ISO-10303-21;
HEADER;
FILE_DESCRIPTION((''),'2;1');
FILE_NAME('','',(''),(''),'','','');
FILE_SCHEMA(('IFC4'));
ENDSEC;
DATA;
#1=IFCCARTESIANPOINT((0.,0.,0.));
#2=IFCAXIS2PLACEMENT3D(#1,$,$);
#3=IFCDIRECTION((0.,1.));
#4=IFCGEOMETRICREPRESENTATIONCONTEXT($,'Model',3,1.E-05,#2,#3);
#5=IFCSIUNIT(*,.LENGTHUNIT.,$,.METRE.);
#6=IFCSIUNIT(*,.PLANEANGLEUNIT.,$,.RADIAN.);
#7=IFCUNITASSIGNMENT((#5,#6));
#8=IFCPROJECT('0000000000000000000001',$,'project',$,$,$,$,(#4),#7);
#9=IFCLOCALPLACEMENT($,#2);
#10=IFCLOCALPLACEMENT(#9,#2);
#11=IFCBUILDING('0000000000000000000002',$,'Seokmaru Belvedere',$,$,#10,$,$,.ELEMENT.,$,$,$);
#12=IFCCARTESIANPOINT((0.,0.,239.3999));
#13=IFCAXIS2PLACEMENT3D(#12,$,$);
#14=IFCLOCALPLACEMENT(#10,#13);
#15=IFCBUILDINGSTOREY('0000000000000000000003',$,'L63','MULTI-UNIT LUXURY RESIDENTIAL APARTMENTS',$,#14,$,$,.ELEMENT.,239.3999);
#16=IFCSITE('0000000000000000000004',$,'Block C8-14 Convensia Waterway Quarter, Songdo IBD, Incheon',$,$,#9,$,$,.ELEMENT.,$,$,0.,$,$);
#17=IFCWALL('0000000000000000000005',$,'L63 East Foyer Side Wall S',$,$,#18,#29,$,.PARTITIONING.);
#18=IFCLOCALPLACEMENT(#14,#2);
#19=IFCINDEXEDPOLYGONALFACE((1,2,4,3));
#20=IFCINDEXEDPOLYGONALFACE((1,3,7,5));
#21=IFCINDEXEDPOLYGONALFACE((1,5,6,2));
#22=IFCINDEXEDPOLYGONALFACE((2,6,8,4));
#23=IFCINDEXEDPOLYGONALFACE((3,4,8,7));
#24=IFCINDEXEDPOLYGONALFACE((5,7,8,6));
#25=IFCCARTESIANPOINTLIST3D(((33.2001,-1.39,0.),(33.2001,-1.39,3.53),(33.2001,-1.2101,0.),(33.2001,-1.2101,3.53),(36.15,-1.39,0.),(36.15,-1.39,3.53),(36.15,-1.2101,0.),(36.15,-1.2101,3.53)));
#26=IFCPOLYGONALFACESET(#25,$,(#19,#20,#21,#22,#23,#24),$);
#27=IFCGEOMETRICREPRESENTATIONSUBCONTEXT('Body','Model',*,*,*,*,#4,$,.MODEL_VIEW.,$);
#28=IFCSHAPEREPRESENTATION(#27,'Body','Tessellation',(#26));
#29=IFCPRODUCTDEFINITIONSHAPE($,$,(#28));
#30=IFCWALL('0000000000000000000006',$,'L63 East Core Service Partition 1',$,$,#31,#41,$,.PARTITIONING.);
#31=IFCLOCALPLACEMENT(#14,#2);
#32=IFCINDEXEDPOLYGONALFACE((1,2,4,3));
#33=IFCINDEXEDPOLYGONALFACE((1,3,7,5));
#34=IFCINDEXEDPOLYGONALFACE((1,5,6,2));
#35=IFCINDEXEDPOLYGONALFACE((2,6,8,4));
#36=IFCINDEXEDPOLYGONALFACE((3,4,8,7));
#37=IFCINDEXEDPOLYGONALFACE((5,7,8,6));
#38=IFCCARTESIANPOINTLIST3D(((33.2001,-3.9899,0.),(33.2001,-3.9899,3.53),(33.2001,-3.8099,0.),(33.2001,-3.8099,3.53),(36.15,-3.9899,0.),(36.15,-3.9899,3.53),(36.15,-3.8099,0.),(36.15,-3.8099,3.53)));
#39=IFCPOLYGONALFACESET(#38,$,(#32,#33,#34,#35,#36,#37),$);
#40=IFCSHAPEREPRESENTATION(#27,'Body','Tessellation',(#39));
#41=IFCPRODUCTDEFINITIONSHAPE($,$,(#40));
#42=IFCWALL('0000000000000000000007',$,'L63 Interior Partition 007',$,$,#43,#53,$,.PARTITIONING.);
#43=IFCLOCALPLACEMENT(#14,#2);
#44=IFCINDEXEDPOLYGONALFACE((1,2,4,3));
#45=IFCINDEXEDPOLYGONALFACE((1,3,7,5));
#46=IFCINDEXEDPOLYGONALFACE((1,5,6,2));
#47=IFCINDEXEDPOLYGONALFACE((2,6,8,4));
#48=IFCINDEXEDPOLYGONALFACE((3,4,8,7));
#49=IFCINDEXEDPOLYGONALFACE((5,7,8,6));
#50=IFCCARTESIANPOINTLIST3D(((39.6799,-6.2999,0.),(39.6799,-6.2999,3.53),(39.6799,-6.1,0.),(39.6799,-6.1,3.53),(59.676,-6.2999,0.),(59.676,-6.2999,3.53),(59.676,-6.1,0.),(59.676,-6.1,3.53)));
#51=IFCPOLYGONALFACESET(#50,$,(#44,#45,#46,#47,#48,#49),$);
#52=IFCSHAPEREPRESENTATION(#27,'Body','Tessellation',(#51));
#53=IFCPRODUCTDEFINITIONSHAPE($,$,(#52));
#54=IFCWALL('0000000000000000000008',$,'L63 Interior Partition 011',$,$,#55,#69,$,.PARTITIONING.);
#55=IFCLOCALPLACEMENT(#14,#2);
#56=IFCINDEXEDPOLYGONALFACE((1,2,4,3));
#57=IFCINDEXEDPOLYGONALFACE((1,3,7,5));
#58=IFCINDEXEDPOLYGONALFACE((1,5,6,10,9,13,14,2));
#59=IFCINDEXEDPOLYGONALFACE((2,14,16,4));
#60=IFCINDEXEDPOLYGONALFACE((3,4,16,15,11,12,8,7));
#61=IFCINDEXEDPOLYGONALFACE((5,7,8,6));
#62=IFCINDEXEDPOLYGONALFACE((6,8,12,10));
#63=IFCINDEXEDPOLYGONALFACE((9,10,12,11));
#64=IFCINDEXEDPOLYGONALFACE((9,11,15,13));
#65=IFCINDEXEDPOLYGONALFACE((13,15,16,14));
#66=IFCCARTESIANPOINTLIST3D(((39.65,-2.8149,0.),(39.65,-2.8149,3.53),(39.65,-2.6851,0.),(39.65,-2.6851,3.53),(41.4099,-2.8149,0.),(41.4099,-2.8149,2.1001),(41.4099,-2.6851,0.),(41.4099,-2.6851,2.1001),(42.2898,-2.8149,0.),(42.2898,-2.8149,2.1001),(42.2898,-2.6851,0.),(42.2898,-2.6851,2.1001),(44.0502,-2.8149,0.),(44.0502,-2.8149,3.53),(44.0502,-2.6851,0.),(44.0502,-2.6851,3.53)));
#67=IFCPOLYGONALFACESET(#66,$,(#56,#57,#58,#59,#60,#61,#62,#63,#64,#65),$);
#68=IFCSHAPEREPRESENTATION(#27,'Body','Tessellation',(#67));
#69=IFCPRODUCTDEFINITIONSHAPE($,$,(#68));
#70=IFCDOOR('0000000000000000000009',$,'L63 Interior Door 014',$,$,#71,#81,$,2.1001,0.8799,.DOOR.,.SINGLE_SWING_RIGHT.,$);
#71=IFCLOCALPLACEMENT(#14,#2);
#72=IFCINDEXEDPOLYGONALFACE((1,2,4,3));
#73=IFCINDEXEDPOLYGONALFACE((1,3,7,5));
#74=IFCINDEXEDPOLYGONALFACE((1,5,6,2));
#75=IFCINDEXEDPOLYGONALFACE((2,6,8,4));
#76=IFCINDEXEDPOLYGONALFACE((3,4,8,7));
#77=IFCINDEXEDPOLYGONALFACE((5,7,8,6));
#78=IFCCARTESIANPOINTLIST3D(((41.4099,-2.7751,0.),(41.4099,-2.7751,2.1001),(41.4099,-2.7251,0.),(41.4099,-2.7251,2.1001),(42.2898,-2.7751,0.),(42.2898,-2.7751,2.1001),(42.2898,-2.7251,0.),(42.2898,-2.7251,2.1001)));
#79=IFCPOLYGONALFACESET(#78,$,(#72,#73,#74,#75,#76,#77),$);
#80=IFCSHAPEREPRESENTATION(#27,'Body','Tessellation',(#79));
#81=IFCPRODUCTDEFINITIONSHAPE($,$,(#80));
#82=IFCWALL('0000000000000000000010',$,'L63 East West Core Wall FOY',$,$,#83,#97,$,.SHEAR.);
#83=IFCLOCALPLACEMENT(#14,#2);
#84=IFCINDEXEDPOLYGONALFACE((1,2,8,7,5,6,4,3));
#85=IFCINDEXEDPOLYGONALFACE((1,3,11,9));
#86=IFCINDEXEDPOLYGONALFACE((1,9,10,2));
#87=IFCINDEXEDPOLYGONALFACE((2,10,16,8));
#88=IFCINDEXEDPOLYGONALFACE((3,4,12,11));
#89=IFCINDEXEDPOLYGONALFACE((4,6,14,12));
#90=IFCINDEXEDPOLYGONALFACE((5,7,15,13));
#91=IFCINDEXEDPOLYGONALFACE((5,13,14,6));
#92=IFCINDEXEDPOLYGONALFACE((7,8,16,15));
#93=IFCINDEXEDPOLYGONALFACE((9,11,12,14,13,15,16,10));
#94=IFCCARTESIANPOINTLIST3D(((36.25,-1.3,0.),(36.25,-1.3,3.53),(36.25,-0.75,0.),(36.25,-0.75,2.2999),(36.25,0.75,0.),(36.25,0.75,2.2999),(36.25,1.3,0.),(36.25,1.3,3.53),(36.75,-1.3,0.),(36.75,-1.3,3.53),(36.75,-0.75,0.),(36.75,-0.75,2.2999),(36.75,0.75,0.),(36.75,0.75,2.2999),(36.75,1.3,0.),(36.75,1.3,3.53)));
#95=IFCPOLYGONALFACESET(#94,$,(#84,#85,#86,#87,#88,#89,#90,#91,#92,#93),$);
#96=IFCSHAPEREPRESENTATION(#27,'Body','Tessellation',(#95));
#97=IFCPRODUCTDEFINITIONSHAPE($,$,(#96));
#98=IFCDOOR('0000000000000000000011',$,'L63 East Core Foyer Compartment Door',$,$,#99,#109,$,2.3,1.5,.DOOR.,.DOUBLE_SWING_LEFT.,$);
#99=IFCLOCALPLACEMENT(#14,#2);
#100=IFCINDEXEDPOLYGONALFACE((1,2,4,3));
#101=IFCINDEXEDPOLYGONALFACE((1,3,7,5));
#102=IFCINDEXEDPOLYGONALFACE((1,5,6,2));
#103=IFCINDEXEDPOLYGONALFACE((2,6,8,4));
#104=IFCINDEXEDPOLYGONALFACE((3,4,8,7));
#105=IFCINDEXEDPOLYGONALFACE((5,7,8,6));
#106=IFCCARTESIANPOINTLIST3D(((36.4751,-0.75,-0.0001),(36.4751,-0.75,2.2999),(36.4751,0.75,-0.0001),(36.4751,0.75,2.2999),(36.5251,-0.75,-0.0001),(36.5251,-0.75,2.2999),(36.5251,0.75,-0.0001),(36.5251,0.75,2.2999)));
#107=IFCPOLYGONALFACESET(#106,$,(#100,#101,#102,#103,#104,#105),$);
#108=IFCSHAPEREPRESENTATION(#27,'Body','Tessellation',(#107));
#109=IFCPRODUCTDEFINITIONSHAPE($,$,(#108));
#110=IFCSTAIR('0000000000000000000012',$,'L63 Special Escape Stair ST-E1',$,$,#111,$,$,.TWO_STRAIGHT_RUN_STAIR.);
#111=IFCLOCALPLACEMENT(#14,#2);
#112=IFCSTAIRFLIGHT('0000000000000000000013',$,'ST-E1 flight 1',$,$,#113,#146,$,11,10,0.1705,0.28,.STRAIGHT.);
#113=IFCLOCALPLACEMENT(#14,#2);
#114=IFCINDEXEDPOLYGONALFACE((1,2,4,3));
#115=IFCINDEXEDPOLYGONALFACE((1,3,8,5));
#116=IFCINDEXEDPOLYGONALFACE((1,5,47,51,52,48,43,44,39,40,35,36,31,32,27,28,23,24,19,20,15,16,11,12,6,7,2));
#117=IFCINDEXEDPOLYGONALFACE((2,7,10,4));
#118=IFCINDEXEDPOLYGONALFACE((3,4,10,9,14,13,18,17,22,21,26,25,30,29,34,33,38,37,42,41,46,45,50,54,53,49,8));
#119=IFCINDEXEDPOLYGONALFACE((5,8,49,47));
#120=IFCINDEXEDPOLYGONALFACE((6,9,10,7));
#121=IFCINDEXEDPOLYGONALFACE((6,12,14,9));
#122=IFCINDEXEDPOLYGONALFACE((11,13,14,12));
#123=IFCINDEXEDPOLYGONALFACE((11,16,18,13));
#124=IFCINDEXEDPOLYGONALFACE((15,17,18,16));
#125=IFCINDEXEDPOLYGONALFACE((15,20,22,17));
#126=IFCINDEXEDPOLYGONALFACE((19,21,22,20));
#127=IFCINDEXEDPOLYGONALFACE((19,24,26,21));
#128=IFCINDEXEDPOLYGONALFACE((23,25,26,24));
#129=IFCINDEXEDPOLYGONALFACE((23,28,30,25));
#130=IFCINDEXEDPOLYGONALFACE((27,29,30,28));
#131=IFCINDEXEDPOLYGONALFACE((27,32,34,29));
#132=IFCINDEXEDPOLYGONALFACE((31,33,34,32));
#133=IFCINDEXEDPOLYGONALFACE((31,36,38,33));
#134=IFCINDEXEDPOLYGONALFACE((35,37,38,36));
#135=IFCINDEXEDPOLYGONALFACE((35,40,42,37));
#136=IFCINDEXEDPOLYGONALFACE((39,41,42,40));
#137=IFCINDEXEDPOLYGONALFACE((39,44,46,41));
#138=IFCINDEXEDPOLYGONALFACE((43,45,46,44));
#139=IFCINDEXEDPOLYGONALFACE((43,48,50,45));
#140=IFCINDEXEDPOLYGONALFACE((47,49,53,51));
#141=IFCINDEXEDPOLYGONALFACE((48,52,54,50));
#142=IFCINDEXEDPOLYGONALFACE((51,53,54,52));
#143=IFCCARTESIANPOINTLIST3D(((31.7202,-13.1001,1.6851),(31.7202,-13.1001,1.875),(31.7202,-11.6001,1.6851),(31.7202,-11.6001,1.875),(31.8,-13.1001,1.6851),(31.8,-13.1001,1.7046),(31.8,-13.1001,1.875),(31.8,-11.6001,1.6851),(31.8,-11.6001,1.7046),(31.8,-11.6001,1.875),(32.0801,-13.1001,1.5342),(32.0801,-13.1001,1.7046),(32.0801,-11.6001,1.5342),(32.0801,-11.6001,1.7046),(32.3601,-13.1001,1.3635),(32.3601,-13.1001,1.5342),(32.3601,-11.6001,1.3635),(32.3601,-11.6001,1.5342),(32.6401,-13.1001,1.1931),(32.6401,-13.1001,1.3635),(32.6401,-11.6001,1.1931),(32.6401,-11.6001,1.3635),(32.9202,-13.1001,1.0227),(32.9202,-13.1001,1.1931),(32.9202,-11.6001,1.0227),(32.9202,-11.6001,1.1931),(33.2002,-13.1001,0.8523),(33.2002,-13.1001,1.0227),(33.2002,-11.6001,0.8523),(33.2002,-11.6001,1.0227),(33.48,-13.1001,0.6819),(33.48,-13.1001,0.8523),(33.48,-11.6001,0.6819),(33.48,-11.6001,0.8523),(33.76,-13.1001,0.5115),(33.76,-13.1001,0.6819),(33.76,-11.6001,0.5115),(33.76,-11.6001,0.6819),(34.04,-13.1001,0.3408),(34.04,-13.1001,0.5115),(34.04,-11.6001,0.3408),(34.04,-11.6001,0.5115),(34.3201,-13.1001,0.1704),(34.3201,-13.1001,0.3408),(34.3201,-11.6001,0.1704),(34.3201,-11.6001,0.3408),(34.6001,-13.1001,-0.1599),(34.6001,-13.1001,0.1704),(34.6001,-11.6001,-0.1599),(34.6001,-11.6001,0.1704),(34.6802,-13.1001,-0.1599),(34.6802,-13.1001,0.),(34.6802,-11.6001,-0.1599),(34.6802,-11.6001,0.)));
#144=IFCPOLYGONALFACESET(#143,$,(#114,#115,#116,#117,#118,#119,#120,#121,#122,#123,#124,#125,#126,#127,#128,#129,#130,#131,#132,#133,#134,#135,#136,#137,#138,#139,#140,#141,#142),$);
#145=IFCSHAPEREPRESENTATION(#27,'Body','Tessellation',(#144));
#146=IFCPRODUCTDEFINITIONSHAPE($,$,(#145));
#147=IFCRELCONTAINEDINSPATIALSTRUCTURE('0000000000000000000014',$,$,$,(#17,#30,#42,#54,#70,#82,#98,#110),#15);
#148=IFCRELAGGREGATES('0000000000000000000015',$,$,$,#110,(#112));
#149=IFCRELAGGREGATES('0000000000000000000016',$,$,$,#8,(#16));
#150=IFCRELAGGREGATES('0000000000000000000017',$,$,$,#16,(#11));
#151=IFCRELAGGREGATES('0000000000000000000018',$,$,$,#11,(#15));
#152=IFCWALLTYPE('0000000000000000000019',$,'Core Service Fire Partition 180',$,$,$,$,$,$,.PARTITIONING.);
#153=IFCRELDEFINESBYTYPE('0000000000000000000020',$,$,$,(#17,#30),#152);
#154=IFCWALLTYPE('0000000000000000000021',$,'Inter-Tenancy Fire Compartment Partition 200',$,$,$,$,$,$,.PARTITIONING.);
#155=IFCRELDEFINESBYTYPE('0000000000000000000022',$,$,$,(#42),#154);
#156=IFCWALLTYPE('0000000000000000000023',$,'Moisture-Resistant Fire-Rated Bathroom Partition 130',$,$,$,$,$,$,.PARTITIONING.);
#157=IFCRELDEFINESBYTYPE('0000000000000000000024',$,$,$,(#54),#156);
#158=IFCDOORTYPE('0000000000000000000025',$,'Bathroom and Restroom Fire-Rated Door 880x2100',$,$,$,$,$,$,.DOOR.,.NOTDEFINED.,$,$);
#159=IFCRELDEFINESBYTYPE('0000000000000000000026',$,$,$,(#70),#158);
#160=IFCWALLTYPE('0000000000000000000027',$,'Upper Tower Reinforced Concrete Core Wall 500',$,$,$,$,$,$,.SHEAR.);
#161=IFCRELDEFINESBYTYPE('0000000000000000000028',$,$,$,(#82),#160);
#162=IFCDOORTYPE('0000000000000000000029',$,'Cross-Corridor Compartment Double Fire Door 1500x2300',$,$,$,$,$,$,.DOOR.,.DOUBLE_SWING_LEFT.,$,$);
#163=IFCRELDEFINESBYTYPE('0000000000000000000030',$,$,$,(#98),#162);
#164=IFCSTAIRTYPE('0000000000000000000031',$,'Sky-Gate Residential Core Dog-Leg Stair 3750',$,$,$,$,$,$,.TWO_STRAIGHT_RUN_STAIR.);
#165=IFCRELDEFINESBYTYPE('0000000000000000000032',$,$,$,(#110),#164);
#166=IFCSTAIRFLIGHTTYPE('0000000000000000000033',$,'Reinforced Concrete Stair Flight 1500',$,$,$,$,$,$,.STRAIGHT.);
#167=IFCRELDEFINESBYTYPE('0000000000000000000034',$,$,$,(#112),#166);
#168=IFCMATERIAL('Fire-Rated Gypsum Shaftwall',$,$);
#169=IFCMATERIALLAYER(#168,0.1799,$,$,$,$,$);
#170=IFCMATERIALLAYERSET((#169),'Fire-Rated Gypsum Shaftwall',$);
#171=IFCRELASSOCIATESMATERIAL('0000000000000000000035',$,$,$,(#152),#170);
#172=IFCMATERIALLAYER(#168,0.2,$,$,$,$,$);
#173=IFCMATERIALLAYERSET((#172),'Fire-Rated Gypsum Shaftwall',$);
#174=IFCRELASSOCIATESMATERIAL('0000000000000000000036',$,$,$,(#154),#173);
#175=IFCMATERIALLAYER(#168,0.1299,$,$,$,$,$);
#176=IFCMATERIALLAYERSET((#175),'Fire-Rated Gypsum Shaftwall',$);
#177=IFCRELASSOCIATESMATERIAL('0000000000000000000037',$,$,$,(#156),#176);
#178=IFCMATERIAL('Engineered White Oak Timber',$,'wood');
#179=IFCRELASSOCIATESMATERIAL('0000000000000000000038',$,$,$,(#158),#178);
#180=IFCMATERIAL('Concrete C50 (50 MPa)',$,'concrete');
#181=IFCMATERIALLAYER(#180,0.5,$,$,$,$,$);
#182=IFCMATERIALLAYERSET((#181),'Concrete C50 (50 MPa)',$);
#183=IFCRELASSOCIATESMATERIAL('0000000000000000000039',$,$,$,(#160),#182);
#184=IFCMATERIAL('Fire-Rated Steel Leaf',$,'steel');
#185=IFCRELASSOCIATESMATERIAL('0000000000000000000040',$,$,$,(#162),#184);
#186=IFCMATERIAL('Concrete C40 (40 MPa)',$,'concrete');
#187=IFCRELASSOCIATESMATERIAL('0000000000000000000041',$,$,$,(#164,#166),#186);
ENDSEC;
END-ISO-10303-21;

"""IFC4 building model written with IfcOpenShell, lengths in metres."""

from ifc_helpers import new_model, si_unit, direction, frame, frame_2d, origin, place, context, subcontext, project, spatial, polyline, rectangle, outline, extrude, source, transform, mapped, material, layer, layer_set, type_object, type_shapes, element, fill, aggregate, save


model = new_model("IFC4")

# Units and contexts
model_context = context("Model", 3, precision=1e-05, world=origin(), true_north=direction((0.0, 1.0)))
body_context = subcontext(model_context, "Body", "Model", "MODEL_VIEW")
ifc_project = project(units=[si_unit("LENGTHUNIT", "METRE"), si_unit("PLANEANGLEUNIT", "RADIAN")], contexts=[model_context])

# Site, building, storey
site_placement = place(None, origin())
site = spatial("IfcSite", under=ifc_project, at=site_placement, Name="Block C8-14 Convensia Waterway Quarter, Songdo IBD, Incheon", CompositionType="ELEMENT", RefElevation=0.0)
building_placement = place(site_placement, origin())
building = spatial("IfcBuilding", under=site, at=building_placement, Name="Seokmaru Belvedere", CompositionType="ELEMENT")
storey_placement = place(building_placement, frame((0.0, 0.0, 239.3999)))
storey = spatial("IfcBuildingStorey", under=building, at=storey_placement, Name="L63", Description="MULTI-UNIT LUXURY RESIDENTIAL APARTMENTS", CompositionType="ELEMENT", Elevation=239.3999)

# Shared definitions
ifc_material_1 = material(Name="Fire-Rated Gypsum Shaftwall")
ifc_layer_1 = layer(ifc_material_1, 0.1799)
ifc_layer_set_1 = layer_set([ifc_layer_1], Name="Fire-Rated Gypsum Shaftwall")
wall_type_1 = type_object("IfcWallType", Name="Core Service Fire Partition 180", PredefinedType="PARTITIONING", material=ifc_layer_set_1)

# Shared definitions
ifc_material_2 = material(Name="Fire-Rated Steel Leaf", Category="steel")

# Walls
for number, where, z_axis, x_axis, name in (
    (1, (33.2, -1.3, 0.0), (0.0, 0.0, 1.0), (1.0, 0.0, 0.0), "L63 East Foyer Side Wall S"),
    (2, (33.2, -3.8999, 0.0), (0.0, 0.0, 1.0), (1.0, 0.0, 0.0), "L63 East Core Service Partition 1"),
):
    element("IfcWall", number, at=place(storey_placement, frame(where, z_axis=z_axis, x_axis=x_axis)), inside=storey, type_object=wall_type_1, Name=name, PredefinedType="PARTITIONING", context=body_context, shape_type="SweptSolid", body=[
        extrude(rectangle(XDim=2.95, YDim=0.1799, at=frame_2d((1.4751, 0.0))), origin(), (0.0, 0.0, 1.0), 3.53),
    ])
ifc_layer_2 = layer(ifc_material_1, 0.2)
ifc_layer_set_2 = layer_set([ifc_layer_2], Name="Fire-Rated Gypsum Shaftwall")
wall_type_2 = type_object("IfcWallType", Name="Inter-Tenancy Fire Compartment Partition 200", PredefinedType="PARTITIONING", material=ifc_layer_set_2)
wall_1_placement = place(storey_placement, frame((39.6799, -6.2, 0.0), z_axis=(0.0, 0.0, 1.0), x_axis=(1.0, 0.0, 0.0)))
element("IfcWall", 3, at=wall_1_placement, inside=storey, type_object=wall_type_2, Name="L63 Interior Partition 007", PredefinedType="PARTITIONING", context=body_context, shape_type="SweptSolid", body=[
    extrude(rectangle(XDim=19.9961, YDim=0.2, at=frame_2d((9.998, 0.0))), origin(), (0.0, 0.0, 1.0), 3.53),
])

# Walls, openings, doors
ifc_layer_3 = layer(ifc_material_1, 0.1299)
ifc_layer_set_3 = layer_set([ifc_layer_3], Name="Fire-Rated Gypsum Shaftwall")
wall_type_3 = type_object("IfcWallType", Name="Moisture-Resistant Fire-Rated Bathroom Partition 130", PredefinedType="PARTITIONING", material=ifc_layer_set_3)
wall_2_placement = place(storey_placement, frame((39.6499, -2.75, 0.0), z_axis=(0.0, 0.0, 1.0), x_axis=(1.0, 0.0, 0.0)))
wall_2 = element("IfcWall", 4, at=wall_2_placement, inside=storey, type_object=wall_type_3, Name="L63 Interior Partition 011", PredefinedType="PARTITIONING", context=body_context, shape_type="SweptSolid", body=[
    extrude(rectangle(XDim=4.4001, YDim=0.1299, at=frame_2d((2.2002, 0.0))), origin(), (0.0, 0.0, 1.0), 3.53),
])
opening_1_placement = place(wall_2_placement, frame((1.76, 0.0, 0.0)))
opening_1 = element("IfcOpeningElement", 5, at=opening_1_placement, cuts=wall_2, PredefinedType="OPENING", context=body_context, shape_type="SweptSolid", body=[
    extrude(rectangle(XDim=0.8799, YDim=2.1001, at=frame_2d((0.4399, 1.05))), frame((0.0, 0.075, 0.0), z_axis=(0.0, -1.0, 0.0), x_axis=(1.0, 0.0, 0.0)), (0.0, 0.0, 1.0), 0.1499),
])
ifc_material_3 = material(Name="Engineered White Oak Timber", Category="wood")
door_type_1 = type_object("IfcDoorType", Name="Bathroom and Restroom Fire-Rated Door 880x2100", OperationType="NOTDEFINED", PredefinedType="DOOR", material=ifc_material_3)
shared_shape_1 = source(origin(), body_context, "Body", "SweptSolid", [
    extrude(rectangle(XDim=0.8799, YDim=2.1001, at=frame_2d((0.4399, 1.05))), frame((0.0, 0.0249, 0.0), z_axis=(0.0, -1.0, 0.0), x_axis=(1.0, 0.0, 0.0)), (0.0, 0.0, 1.0), 0.05),
])
type_shapes(door_type_1, [shared_shape_1])
door_1_placement = place(opening_1_placement, origin())
door_1 = element("IfcDoor", 6, at=door_1_placement, inside=storey, type_object=door_type_1, Name="L63 Interior Door 014", OperationType="SINGLE_SWING_RIGHT", OverallHeight=2.1001, OverallWidth=0.8799, PredefinedType="DOOR", context=body_context, shape_type="MappedRepresentation", body=[
    mapped(shared_shape_1, transform((0.0, 0.0, 0.0), scale=1.0)),
])
fill(opening_1, door_1)
ifc_material_4 = material(Name="Concrete C50 (50 MPa)", Category="concrete")
ifc_layer_4 = layer(ifc_material_4, 0.5)
ifc_layer_set_4 = layer_set([ifc_layer_4], Name="Concrete C50 (50 MPa)")
wall_type_4 = type_object("IfcWallType", Name="Upper Tower Reinforced Concrete Core Wall 500", PredefinedType="SHEAR", material=ifc_layer_set_4)
wall_3_placement = place(storey_placement, frame((36.5, -1.3, 0.0), z_axis=(0.0, 0.0, 1.0), x_axis=(0.0, 1.0, 0.0)))
wall_3 = element("IfcWall", 7, at=wall_3_placement, inside=storey, type_object=wall_type_4, Name="L63 East West Core Wall FOY", PredefinedType="SHEAR", context=body_context, shape_type="SweptSolid", body=[
    extrude(rectangle(XDim=2.6001, YDim=0.5, at=frame_2d((1.3, 0.0))), origin(), (0.0, 0.0, 1.0), 3.53),
])
opening_2_placement = place(wall_3_placement, frame((0.55, 0.0, 0.0)))
opening_2 = element("IfcOpeningElement", 8, at=opening_2_placement, cuts=wall_3, PredefinedType="OPENING", context=body_context, shape_type="SweptSolid", body=[
    extrude(rectangle(XDim=1.5, YDim=2.3, at=frame_2d((0.75, 1.1499))), frame((0.0, 0.26, 0.0), z_axis=(0.0, -1.0, 0.0), x_axis=(1.0, 0.0, 0.0)), (0.0, 0.0, 1.0), 0.52),
])
door_type_2 = type_object("IfcDoorType", Name="Cross-Corridor Compartment Double Fire Door 1500x2300", OperationType="DOUBLE_SWING_LEFT", PredefinedType="DOOR", material=ifc_material_2)
shared_shape_2 = source(origin(), body_context, "Body", "SweptSolid", [
    extrude(rectangle(XDim=1.5, YDim=2.3, at=frame_2d((0.75, 1.1499))), frame((0.0, 0.0249, 0.0), z_axis=(0.0, -1.0, 0.0), x_axis=(1.0, 0.0, 0.0)), (0.0, 0.0, 1.0), 0.05),
])
type_shapes(door_type_2, [shared_shape_2])
door_2_placement = place(opening_2_placement, origin())
door_2 = element("IfcDoor", 9, at=door_2_placement, inside=storey, type_object=door_type_2, Name="L63 East Core Foyer Compartment Door", OperationType="DOUBLE_SWING_LEFT", OverallHeight=2.3, OverallWidth=1.5, PredefinedType="DOOR", context=body_context, shape_type="MappedRepresentation", body=[
    mapped(shared_shape_2, transform((0.0, 0.0, 0.0), scale=1.0)),
])
fill(opening_2, door_2)

# Stair, stair flight
ifc_material_5 = material(Name="Concrete C40 (40 MPa)", Category="concrete")
stair_type = type_object("IfcStairType", Name="Sky-Gate Residential Core Dog-Leg Stair 3750", PredefinedType="TWO_STRAIGHT_RUN_STAIR", material=ifc_material_5)
stair_placement = place(storey_placement, origin())
stair = element("IfcStair", 10, at=stair_placement, inside=storey, type_object=stair_type, Name="L63 Special Escape Stair ST-E1", PredefinedType="TWO_STRAIGHT_RUN_STAIR")
stair_flight_type = type_object("IfcStairFlightType", Name="Reinforced Concrete Stair Flight 1500", PredefinedType="STRAIGHT", material=ifc_material_5)
stair_flight_1_placement = place(storey_placement, frame((34.6001, -12.3501, 0.0), z_axis=(0.0, 0.0, 1.0), x_axis=(-1.0, 0.0, 0.0)))
stair_flight_1 = element("IfcStairFlight", 11, at=stair_flight_1_placement, type_object=stair_flight_type, Name="ST-E1 flight 1", NumberOfRisers=11, NumberOfTreads=10, PredefinedType="STRAIGHT", RiserHeight=0.1705, TreadLength=0.28, context=body_context, shape_type="SweptSolid", body=[
    extrude(outline(polyline([(-0.0801, 0.0), (0.0, 0.1704), (0.28, 0.1704), (0.28, 0.3408), (0.5601, 0.3408), (0.5601, 0.5115), (0.8401, 0.5115), (0.8401, 0.6819), (1.1201, 0.6819), (1.1201, 0.8523), (1.3999, 0.8523), (1.3999, 1.0227), (1.6799, 1.0227), (1.6799, 1.1931), (1.96, 1.1931), (1.96, 1.3635), (2.24, 1.3635), (2.24, 1.5342), (2.52, 1.5342), (2.52, 1.7046), (2.8, 1.7046), (2.8, 1.875), (2.8799, 1.875), (2.8799, 1.6851), (2.8, 1.6851), (0.0, -0.1599), (-0.0801, -0.1599), (-0.0801, 0.0)])), frame((0.0, 0.75, 0.0), z_axis=(0.0, -1.0, 0.0), x_axis=(1.0, 0.0, 0.0)), (0.0, 0.0, 1.0), 1.5),
])
aggregate(stair, [stair_flight_1])

save(model, "model.ifc")
